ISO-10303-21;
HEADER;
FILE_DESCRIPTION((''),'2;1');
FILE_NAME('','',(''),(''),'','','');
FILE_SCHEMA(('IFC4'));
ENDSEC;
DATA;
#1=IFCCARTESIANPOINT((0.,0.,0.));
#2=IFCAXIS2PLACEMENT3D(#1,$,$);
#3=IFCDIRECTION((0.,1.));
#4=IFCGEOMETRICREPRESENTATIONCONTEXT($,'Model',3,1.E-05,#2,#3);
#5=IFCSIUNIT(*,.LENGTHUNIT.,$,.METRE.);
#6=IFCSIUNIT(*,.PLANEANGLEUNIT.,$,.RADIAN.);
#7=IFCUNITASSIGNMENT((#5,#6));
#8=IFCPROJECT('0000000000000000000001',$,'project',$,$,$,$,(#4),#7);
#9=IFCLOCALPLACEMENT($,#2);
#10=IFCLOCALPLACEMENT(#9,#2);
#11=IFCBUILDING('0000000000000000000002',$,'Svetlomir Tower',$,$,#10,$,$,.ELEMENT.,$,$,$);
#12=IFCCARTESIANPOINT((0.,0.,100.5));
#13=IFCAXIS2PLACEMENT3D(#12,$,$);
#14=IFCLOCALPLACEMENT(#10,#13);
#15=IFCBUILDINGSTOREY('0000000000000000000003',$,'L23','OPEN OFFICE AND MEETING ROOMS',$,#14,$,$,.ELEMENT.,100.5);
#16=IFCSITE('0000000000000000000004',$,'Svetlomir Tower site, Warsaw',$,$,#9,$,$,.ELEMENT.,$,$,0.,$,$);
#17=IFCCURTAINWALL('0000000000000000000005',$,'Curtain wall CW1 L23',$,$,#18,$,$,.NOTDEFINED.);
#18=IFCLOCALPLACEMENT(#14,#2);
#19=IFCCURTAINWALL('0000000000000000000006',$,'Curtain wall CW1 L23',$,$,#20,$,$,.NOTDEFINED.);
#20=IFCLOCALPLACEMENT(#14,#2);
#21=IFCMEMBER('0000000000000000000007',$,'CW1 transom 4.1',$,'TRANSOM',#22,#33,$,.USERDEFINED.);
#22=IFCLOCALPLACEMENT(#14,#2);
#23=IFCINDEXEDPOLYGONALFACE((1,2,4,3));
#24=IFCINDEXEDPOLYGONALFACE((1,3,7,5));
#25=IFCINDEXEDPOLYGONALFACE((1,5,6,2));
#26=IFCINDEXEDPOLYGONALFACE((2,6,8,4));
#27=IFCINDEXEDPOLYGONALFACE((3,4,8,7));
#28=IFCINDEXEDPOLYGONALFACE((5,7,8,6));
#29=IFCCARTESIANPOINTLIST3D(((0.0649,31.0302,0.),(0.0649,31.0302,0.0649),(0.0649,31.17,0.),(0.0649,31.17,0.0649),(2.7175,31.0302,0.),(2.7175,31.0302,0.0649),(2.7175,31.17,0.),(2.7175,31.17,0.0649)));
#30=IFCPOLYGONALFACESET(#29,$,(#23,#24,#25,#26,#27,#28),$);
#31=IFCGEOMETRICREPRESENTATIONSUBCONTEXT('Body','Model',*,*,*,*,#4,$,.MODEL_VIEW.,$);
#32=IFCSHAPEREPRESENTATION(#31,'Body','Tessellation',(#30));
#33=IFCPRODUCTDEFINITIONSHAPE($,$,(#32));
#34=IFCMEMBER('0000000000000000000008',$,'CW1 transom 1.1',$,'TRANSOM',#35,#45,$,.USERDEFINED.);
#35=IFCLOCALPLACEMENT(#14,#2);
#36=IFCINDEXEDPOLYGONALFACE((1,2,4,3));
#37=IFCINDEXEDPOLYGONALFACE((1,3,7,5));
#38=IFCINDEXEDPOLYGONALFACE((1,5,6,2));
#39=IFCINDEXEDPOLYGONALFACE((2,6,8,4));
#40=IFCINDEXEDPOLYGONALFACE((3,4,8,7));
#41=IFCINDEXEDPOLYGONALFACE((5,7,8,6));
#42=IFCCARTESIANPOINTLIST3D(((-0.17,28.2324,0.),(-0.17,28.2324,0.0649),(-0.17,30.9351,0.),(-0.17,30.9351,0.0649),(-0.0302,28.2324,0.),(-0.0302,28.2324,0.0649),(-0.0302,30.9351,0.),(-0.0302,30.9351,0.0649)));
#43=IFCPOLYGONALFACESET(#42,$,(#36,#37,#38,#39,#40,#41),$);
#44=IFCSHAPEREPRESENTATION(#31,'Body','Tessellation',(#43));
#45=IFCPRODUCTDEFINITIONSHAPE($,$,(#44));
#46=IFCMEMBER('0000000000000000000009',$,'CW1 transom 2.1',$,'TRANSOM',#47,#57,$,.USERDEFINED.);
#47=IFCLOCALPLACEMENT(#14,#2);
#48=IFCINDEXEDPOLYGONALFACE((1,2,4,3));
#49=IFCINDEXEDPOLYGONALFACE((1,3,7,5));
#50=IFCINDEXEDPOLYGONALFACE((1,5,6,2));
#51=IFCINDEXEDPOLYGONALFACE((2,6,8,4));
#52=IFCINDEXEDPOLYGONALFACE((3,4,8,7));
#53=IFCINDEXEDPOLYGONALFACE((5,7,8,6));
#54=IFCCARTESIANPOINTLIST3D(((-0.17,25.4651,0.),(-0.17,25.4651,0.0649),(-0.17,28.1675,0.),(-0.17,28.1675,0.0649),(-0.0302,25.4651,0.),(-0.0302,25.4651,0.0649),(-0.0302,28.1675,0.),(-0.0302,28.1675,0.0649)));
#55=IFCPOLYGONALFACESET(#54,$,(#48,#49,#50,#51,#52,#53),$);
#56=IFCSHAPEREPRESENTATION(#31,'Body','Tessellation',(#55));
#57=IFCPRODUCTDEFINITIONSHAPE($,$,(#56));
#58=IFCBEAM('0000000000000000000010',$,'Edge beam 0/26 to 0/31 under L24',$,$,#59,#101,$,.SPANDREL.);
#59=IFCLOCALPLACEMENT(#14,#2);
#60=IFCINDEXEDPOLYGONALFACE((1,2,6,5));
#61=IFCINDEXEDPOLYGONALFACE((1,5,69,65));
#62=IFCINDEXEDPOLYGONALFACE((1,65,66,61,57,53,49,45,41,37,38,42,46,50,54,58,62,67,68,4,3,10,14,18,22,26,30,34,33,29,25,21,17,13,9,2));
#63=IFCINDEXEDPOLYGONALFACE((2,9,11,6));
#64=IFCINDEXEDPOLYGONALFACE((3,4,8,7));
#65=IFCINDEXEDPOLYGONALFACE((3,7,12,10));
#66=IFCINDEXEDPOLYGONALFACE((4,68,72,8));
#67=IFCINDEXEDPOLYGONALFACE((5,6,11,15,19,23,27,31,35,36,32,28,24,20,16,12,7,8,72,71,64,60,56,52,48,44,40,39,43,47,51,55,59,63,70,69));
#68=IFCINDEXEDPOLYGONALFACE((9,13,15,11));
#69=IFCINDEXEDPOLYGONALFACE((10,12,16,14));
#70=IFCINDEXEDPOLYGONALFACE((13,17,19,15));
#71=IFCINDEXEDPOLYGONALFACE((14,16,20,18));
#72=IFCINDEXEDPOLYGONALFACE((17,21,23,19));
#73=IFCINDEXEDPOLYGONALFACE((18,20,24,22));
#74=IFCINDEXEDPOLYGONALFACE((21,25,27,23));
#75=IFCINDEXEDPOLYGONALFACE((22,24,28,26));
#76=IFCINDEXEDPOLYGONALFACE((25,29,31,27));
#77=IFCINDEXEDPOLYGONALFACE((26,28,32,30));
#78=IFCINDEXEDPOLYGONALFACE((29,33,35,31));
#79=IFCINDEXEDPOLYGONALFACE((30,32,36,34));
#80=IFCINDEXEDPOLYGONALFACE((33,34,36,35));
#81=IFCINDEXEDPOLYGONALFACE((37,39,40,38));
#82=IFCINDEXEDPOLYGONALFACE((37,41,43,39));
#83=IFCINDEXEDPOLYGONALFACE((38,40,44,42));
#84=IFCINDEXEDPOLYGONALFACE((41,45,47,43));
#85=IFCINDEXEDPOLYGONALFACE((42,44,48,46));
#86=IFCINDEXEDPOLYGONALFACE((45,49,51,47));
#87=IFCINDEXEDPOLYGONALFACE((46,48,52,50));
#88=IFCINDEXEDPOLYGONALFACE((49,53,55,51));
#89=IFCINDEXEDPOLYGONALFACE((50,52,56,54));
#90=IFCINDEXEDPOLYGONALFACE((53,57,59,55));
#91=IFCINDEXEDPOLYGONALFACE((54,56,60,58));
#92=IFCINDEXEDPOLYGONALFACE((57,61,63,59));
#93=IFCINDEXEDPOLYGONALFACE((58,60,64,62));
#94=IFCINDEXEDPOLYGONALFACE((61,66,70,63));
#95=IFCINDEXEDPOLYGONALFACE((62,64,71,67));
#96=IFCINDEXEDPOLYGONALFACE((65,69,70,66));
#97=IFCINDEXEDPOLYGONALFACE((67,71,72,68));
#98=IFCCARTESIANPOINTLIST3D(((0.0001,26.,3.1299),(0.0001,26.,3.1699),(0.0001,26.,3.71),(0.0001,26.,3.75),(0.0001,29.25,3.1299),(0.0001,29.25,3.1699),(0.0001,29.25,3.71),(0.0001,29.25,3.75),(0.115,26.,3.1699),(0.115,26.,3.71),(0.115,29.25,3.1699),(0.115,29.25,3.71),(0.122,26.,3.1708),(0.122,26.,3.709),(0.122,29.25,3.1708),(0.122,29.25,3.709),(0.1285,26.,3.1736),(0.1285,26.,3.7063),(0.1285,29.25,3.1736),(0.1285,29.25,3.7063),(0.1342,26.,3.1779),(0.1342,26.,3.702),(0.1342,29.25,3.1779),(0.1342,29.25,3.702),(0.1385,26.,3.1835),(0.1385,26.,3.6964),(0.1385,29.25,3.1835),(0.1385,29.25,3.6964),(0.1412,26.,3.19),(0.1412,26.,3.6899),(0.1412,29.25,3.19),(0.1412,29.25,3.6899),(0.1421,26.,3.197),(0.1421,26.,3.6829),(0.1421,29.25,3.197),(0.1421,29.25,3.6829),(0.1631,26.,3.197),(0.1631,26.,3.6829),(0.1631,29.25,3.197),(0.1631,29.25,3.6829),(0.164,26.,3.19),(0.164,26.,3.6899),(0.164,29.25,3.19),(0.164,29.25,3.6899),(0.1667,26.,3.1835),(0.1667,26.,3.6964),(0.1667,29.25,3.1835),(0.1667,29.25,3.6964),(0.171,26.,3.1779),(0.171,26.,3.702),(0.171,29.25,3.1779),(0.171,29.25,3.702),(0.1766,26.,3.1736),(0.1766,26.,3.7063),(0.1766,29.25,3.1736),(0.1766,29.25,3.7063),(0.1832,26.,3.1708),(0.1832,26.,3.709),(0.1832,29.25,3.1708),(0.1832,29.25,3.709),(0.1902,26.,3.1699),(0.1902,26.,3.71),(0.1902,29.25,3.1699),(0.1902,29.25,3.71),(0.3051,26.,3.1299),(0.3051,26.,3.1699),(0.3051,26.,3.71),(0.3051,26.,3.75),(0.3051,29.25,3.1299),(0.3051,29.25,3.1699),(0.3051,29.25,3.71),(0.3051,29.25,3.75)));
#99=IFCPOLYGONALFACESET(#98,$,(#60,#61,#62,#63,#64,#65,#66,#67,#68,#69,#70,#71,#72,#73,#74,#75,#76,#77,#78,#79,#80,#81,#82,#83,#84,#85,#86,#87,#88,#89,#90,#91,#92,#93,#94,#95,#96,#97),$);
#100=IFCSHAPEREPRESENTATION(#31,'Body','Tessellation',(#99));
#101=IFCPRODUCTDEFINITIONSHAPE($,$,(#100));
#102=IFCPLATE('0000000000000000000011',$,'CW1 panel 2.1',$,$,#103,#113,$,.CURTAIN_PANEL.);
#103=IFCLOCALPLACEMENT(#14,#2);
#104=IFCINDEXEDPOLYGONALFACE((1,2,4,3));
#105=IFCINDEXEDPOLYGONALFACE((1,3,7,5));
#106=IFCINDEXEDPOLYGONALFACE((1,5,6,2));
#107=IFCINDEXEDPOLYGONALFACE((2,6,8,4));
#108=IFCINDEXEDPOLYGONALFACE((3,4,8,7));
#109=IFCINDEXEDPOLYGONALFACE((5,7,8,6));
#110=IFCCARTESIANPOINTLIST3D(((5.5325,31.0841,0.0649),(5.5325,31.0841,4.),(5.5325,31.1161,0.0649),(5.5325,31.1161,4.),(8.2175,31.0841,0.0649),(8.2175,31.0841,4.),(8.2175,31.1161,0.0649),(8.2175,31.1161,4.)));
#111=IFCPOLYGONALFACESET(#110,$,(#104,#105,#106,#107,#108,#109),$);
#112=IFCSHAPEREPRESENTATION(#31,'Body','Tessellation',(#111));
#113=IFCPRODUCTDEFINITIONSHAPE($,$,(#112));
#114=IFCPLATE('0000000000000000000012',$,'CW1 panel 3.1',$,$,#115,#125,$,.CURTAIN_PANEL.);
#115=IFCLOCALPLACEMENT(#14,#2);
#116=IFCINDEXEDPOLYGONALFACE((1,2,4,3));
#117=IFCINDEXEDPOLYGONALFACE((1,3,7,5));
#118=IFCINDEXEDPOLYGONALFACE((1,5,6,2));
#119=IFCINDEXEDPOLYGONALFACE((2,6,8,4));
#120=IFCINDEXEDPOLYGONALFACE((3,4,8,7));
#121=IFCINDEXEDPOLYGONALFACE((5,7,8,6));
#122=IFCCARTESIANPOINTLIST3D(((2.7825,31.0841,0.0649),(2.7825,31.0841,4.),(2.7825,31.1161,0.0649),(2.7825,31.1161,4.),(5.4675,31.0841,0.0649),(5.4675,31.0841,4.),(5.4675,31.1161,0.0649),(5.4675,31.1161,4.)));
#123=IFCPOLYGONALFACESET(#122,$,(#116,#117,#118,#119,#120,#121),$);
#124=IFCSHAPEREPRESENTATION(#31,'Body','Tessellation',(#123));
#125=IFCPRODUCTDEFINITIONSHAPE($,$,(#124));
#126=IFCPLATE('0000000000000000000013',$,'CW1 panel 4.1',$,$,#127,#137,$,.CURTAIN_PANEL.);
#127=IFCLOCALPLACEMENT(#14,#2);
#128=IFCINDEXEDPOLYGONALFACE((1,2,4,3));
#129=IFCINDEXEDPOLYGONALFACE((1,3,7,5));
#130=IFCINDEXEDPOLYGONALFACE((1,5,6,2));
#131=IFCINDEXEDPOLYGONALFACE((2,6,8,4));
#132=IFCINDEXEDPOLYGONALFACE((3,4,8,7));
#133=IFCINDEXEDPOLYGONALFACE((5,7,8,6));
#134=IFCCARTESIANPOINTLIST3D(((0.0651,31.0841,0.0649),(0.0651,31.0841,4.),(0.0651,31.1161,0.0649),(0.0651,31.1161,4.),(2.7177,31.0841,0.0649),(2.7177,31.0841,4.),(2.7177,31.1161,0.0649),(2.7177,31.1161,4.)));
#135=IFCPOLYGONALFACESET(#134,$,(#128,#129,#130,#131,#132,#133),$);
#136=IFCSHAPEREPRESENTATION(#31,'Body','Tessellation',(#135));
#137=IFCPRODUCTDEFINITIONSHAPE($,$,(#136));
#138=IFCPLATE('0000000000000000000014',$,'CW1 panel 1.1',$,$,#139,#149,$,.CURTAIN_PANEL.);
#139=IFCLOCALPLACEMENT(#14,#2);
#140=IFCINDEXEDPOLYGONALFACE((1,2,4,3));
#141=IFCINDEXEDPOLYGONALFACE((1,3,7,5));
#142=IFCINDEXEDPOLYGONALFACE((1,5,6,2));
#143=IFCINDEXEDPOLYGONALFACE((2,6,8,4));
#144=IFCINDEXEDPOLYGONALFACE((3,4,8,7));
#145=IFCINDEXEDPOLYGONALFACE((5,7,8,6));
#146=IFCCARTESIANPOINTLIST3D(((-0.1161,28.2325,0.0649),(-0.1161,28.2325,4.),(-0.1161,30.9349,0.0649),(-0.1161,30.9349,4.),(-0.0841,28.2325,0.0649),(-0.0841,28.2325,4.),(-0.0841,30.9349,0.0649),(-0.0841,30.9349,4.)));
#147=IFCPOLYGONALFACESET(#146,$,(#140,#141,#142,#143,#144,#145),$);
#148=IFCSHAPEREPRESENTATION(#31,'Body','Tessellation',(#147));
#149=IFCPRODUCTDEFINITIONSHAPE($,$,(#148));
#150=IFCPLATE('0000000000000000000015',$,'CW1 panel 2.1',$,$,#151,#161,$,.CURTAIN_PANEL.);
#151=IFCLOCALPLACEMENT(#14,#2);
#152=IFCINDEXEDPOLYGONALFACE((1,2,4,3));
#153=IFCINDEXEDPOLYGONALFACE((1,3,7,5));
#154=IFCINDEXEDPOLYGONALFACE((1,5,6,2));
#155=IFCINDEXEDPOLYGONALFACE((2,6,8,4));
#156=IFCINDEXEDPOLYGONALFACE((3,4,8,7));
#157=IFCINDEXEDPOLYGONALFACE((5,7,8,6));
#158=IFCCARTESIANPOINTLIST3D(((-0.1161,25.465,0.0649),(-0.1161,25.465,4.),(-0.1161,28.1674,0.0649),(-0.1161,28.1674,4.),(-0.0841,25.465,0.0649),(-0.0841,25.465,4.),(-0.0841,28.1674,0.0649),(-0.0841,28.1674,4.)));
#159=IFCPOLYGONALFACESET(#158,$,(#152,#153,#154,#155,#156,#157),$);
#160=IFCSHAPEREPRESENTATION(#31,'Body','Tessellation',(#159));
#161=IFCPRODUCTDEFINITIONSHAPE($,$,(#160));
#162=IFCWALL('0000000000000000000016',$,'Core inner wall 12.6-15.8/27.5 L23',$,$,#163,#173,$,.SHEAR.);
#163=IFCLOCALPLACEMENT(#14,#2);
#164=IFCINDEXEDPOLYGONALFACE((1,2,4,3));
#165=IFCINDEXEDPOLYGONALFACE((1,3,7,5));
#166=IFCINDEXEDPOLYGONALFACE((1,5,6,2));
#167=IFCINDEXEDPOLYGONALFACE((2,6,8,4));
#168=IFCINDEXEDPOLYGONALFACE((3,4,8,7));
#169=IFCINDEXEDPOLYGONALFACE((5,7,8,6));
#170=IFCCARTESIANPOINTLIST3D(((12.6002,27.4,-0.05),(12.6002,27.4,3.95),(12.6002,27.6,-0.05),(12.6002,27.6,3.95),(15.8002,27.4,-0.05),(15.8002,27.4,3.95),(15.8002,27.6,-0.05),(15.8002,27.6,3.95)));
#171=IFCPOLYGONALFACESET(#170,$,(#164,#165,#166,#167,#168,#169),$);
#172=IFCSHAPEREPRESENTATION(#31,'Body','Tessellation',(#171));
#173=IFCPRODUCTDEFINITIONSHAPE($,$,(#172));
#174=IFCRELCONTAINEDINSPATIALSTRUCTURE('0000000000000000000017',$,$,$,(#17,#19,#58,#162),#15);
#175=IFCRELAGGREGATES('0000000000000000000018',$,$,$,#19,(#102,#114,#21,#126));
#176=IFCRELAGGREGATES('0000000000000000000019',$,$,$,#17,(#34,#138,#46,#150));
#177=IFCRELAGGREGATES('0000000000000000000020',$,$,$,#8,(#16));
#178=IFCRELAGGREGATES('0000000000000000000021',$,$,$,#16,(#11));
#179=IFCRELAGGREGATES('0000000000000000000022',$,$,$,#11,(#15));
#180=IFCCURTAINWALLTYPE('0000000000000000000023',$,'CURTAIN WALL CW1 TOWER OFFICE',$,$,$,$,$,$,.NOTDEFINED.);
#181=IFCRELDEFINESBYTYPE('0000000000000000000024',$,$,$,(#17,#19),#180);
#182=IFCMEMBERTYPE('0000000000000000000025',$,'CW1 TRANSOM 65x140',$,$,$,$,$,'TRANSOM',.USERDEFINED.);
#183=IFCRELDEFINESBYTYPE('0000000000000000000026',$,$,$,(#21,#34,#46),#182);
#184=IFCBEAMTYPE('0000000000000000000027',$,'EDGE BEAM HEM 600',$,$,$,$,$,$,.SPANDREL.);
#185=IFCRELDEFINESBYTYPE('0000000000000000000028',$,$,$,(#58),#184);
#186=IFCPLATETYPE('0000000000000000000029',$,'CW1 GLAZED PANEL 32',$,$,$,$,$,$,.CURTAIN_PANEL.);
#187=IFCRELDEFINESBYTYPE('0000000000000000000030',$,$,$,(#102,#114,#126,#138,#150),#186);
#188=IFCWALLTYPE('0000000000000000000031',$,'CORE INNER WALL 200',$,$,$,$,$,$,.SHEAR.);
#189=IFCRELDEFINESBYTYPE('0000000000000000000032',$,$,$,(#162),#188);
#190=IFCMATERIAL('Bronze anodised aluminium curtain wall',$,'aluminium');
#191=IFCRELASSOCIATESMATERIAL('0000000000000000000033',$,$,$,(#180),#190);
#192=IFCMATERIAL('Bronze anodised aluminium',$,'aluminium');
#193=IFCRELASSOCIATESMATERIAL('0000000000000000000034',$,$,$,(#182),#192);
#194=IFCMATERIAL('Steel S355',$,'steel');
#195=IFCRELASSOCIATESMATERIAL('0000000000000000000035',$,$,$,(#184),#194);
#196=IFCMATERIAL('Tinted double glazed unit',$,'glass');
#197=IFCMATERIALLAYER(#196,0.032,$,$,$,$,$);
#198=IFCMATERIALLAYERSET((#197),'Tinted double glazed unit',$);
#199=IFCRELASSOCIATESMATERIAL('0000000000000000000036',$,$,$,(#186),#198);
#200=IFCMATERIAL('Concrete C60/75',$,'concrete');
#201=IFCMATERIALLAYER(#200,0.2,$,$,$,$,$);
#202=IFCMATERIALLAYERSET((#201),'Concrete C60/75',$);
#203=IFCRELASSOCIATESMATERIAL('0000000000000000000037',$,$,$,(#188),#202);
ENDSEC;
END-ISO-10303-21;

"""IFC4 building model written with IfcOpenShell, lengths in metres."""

from ifc_helpers import new_model, si_unit, direction, frame, frame_2d, origin, origin_2d, place, context, subcontext, project, spatial, rectangle, i_section, extrude, material, layer, layer_set, material_profile, profile_set, type_object, element, aggregate, save


model = new_model("IFC4")

# Units and contexts
model_context = context("Model", 3, precision=1e-05, world=origin(), true_north=direction((0.0, 1.0)))
body_context = subcontext(model_context, "Body", "Model", "MODEL_VIEW")
ifc_project = project(units=[si_unit("LENGTHUNIT", "METRE"), si_unit("PLANEANGLEUNIT", "RADIAN")], contexts=[model_context])

# Site, building, storey
site_placement = place(None, origin())
site = spatial("IfcSite", under=ifc_project, at=site_placement, Name="Svetlomir Tower site, Warsaw", CompositionType="ELEMENT", RefElevation=0.0)
building_placement = place(site_placement, origin())
building = spatial("IfcBuilding", under=site, at=building_placement, Name="Svetlomir Tower", CompositionType="ELEMENT")
storey_placement = place(building_placement, frame((0.0, 0.0, 100.5)))
storey = spatial("IfcBuildingStorey", under=building, at=storey_placement, Name="L23", Description="OPEN OFFICE AND MEETING ROOMS", CompositionType="ELEMENT", Elevation=100.5)

# Curtain wall
ifc_material_1 = material(Name="Bronze anodised aluminium curtain wall", Category="aluminium")
curtain_wall_type = type_object("IfcCurtainWallType", Name="CURTAIN WALL CW1 TOWER OFFICE", PredefinedType="NOTDEFINED", material=ifc_material_1)
curtain_wall_1_placement = place(storey_placement, origin())
curtain_wall_1 = element("IfcCurtainWall", 1, at=curtain_wall_1_placement, inside=storey, type_object=curtain_wall_type, Name="Curtain wall CW1 L23", PredefinedType="NOTDEFINED")

# Curtain wall
curtain_wall_2_placement = place(storey_placement, origin())
curtain_wall_2 = element("IfcCurtainWall", 2, at=curtain_wall_2_placement, inside=storey, type_object=curtain_wall_type, Name="Curtain wall CW1 L23", PredefinedType="NOTDEFINED")

# Members
ifc_material_2 = material(Name="Bronze anodised aluminium", Category="aluminium")
ifc_material_profile_1 = material_profile(ifc_material_2, rectangle(XDim=0.1399, YDim=0.0649, at=origin_2d()), Name="AL 140x65")
ifc_profile_set_1 = profile_set([ifc_material_profile_1], Name="Bronze anodised aluminium 6063-T6")
member_type_1 = type_object("IfcMemberType", Name="CW1 TRANSOM 65x140", ElementType="TRANSOM", PredefinedType="USERDEFINED", material=ifc_profile_set_1)
member_1_placement = place(storey_placement, frame((2.7175, 31.1001, 0.0325), z_axis=(-1.0, 0.0, 0.0), x_axis=(0.0, -1.0, 0.0)))
member_1 = element("IfcMember", 3, at=member_1_placement, type_object=member_type_1, Name="CW1 transom 4.1", ObjectType="TRANSOM", PredefinedType="USERDEFINED", context=body_context, shape_type="SweptSolid", body=[
    extrude(rectangle(XDim=0.1399, YDim=0.0649, at=origin_2d()), origin(), (0.0, 0.0, 1.0), 2.6526),
])
member_2_placement = place(storey_placement, frame((-0.1001, 30.9351, 0.0325), z_axis=(0.0, -1.0, 0.0), x_axis=(1.0, 0.0, 0.0)))
member_2 = element("IfcMember", 4, at=member_2_placement, type_object=member_type_1, Name="CW1 transom 1.1", ObjectType="TRANSOM", PredefinedType="USERDEFINED", context=body_context, shape_type="SweptSolid", body=[
    extrude(rectangle(XDim=0.1399, YDim=0.0649, at=origin_2d()), origin(), (0.0, 0.0, 1.0), 2.7026),
])
member_3_placement = place(storey_placement, frame((-0.1001, 28.1675, 0.0325), z_axis=(0.0, -1.0, 0.0), x_axis=(1.0, 0.0, 0.0)))
member_3 = element("IfcMember", 5, at=member_3_placement, type_object=member_type_1, Name="CW1 transom 2.1", ObjectType="TRANSOM", PredefinedType="USERDEFINED", context=body_context, shape_type="SweptSolid", body=[
    extrude(rectangle(XDim=0.1399, YDim=0.0649, at=origin_2d()), origin(), (0.0, 0.0, 1.0), 2.7024),
])

# Beam
ifc_material_3 = material(Name="Steel S355", Category="steel")
ifc_material_profile_2 = material_profile(ifc_material_3, i_section(OverallWidth=0.3049, OverallDepth=0.6201, WebThickness=0.021, FlangeThickness=0.04, FilletRadius=0.0271, at=origin_2d()), Name="HEM 600")
ifc_profile_set_2 = profile_set([ifc_material_profile_2], Name="Steel S355")
beam_type_1 = type_object("IfcBeamType", Name="EDGE BEAM HEM 600", PredefinedType="SPANDREL", material=ifc_profile_set_2)
beam_1_placement = place(storey_placement, frame((0.1526, 26.0, 3.4399), z_axis=(0.0, 1.0, 0.0), x_axis=(-1.0, 0.0, 0.0)))
element("IfcBeam", 6, at=beam_1_placement, inside=storey, type_object=beam_type_1, Name="Edge beam 0/26 to 0/31 under L24", PredefinedType="SPANDREL", context=body_context, shape_type="SweptSolid", body=[
    extrude(i_section(OverallWidth=0.3049, OverallDepth=0.6201, WebThickness=0.021, FlangeThickness=0.04, FilletRadius=0.0271, at=origin_2d()), origin(), (0.0, 0.0, 1.0), 3.25),
])

# Plates
ifc_material_4 = material(Name="Tinted double glazed unit", Category="glass")
ifc_layer_1 = layer(ifc_material_4, 0.032)
ifc_layer_set_1 = layer_set([ifc_layer_1], Name="Tinted double glazed unit")
plate_type = type_object("IfcPlateType", Name="CW1 GLAZED PANEL 32", PredefinedType="CURTAIN_PANEL", material=ifc_layer_set_1)
plate_1_placement = place(storey_placement, frame((6.875, 31.1001, 0.0649), z_axis=(0.0, 0.0, 1.0), x_axis=(-1.0, 0.0, 0.0)))
plate_1 = element("IfcPlate", 7, at=plate_1_placement, type_object=plate_type, Name="CW1 panel 2.1", PredefinedType="CURTAIN_PANEL", context=body_context, shape_type="SweptSolid", body=[
    extrude(rectangle(XDim=2.6851, YDim=0.032, at=origin_2d()), origin(), (0.0, 0.0, 1.0), 3.9351),
])
plate_2_placement = place(storey_placement, frame((4.125, 31.1001, 0.0649), z_axis=(0.0, 0.0, 1.0), x_axis=(-1.0, 0.0, 0.0)))
plate_2 = element("IfcPlate", 8, at=plate_2_placement, type_object=plate_type, Name="CW1 panel 3.1", PredefinedType="CURTAIN_PANEL", context=body_context, shape_type="SweptSolid", body=[
    extrude(rectangle(XDim=2.6851, YDim=0.032, at=origin_2d()), origin(), (0.0, 0.0, 1.0), 3.9351),
])
plate_3_placement = place(storey_placement, frame((1.3914, 31.1001, 0.0649), z_axis=(0.0, 0.0, 1.0), x_axis=(-1.0, 0.0, 0.0)))
plate_3 = element("IfcPlate", 9, at=plate_3_placement, type_object=plate_type, Name="CW1 panel 4.1", PredefinedType="CURTAIN_PANEL", context=body_context, shape_type="SweptSolid", body=[
    extrude(rectangle(XDim=2.6526, YDim=0.032, at=origin_2d()), origin(), (0.0, 0.0, 1.0), 3.9351),
])
aggregate(curtain_wall_2, [plate_1, plate_2, member_1, plate_3])
plate_4_placement = place(storey_placement, frame((-0.1001, 29.5837, 0.0649), z_axis=(0.0, 0.0, 1.0), x_axis=(0.0, -1.0, 0.0)))
plate_4 = element("IfcPlate", 10, at=plate_4_placement, type_object=plate_type, Name="CW1 panel 1.1", PredefinedType="CURTAIN_PANEL", context=body_context, shape_type="SweptSolid", body=[
    extrude(rectangle(XDim=2.7024, YDim=0.032, at=origin_2d()), origin(), (0.0, 0.0, 1.0), 3.9351),
])
plate_5_placement = place(storey_placement, frame((-0.1001, 26.8162, 0.0649), z_axis=(0.0, 0.0, 1.0), x_axis=(0.0, -1.0, 0.0)))
plate_5 = element("IfcPlate", 11, at=plate_5_placement, type_object=plate_type, Name="CW1 panel 2.1", PredefinedType="CURTAIN_PANEL", context=body_context, shape_type="SweptSolid", body=[
    extrude(rectangle(XDim=2.7024, YDim=0.032, at=origin_2d()), origin(), (0.0, 0.0, 1.0), 3.9351),
])
aggregate(curtain_wall_1, [member_2, plate_4, member_3, plate_5])

# Wall
ifc_material_5 = material(Name="Concrete C60/75", Category="concrete")
ifc_layer_2 = layer(ifc_material_5, 0.2)
ifc_layer_set_2 = layer_set([ifc_layer_2], Name="Concrete C60/75")
wall_type_1 = type_object("IfcWallType", Name="CORE INNER WALL 200", PredefinedType="SHEAR", material=ifc_layer_set_2)
wall_1_placement = place(storey_placement, frame((12.6001, 27.5, -0.05), z_axis=(0.0, 0.0, 1.0), x_axis=(1.0, 0.0, 0.0)))
element("IfcWall", 12, at=wall_1_placement, inside=storey, type_object=wall_type_1, Name="Core inner wall 12.6-15.8/27.5 L23", PredefinedType="SHEAR", context=body_context, shape_type="SweptSolid", body=[
    extrude(rectangle(XDim=3.2, YDim=0.2, at=frame_2d((1.6001, 0.0))), origin(), (0.0, 0.0, 1.0), 4.0),
])

save(model, "model.ifc")
